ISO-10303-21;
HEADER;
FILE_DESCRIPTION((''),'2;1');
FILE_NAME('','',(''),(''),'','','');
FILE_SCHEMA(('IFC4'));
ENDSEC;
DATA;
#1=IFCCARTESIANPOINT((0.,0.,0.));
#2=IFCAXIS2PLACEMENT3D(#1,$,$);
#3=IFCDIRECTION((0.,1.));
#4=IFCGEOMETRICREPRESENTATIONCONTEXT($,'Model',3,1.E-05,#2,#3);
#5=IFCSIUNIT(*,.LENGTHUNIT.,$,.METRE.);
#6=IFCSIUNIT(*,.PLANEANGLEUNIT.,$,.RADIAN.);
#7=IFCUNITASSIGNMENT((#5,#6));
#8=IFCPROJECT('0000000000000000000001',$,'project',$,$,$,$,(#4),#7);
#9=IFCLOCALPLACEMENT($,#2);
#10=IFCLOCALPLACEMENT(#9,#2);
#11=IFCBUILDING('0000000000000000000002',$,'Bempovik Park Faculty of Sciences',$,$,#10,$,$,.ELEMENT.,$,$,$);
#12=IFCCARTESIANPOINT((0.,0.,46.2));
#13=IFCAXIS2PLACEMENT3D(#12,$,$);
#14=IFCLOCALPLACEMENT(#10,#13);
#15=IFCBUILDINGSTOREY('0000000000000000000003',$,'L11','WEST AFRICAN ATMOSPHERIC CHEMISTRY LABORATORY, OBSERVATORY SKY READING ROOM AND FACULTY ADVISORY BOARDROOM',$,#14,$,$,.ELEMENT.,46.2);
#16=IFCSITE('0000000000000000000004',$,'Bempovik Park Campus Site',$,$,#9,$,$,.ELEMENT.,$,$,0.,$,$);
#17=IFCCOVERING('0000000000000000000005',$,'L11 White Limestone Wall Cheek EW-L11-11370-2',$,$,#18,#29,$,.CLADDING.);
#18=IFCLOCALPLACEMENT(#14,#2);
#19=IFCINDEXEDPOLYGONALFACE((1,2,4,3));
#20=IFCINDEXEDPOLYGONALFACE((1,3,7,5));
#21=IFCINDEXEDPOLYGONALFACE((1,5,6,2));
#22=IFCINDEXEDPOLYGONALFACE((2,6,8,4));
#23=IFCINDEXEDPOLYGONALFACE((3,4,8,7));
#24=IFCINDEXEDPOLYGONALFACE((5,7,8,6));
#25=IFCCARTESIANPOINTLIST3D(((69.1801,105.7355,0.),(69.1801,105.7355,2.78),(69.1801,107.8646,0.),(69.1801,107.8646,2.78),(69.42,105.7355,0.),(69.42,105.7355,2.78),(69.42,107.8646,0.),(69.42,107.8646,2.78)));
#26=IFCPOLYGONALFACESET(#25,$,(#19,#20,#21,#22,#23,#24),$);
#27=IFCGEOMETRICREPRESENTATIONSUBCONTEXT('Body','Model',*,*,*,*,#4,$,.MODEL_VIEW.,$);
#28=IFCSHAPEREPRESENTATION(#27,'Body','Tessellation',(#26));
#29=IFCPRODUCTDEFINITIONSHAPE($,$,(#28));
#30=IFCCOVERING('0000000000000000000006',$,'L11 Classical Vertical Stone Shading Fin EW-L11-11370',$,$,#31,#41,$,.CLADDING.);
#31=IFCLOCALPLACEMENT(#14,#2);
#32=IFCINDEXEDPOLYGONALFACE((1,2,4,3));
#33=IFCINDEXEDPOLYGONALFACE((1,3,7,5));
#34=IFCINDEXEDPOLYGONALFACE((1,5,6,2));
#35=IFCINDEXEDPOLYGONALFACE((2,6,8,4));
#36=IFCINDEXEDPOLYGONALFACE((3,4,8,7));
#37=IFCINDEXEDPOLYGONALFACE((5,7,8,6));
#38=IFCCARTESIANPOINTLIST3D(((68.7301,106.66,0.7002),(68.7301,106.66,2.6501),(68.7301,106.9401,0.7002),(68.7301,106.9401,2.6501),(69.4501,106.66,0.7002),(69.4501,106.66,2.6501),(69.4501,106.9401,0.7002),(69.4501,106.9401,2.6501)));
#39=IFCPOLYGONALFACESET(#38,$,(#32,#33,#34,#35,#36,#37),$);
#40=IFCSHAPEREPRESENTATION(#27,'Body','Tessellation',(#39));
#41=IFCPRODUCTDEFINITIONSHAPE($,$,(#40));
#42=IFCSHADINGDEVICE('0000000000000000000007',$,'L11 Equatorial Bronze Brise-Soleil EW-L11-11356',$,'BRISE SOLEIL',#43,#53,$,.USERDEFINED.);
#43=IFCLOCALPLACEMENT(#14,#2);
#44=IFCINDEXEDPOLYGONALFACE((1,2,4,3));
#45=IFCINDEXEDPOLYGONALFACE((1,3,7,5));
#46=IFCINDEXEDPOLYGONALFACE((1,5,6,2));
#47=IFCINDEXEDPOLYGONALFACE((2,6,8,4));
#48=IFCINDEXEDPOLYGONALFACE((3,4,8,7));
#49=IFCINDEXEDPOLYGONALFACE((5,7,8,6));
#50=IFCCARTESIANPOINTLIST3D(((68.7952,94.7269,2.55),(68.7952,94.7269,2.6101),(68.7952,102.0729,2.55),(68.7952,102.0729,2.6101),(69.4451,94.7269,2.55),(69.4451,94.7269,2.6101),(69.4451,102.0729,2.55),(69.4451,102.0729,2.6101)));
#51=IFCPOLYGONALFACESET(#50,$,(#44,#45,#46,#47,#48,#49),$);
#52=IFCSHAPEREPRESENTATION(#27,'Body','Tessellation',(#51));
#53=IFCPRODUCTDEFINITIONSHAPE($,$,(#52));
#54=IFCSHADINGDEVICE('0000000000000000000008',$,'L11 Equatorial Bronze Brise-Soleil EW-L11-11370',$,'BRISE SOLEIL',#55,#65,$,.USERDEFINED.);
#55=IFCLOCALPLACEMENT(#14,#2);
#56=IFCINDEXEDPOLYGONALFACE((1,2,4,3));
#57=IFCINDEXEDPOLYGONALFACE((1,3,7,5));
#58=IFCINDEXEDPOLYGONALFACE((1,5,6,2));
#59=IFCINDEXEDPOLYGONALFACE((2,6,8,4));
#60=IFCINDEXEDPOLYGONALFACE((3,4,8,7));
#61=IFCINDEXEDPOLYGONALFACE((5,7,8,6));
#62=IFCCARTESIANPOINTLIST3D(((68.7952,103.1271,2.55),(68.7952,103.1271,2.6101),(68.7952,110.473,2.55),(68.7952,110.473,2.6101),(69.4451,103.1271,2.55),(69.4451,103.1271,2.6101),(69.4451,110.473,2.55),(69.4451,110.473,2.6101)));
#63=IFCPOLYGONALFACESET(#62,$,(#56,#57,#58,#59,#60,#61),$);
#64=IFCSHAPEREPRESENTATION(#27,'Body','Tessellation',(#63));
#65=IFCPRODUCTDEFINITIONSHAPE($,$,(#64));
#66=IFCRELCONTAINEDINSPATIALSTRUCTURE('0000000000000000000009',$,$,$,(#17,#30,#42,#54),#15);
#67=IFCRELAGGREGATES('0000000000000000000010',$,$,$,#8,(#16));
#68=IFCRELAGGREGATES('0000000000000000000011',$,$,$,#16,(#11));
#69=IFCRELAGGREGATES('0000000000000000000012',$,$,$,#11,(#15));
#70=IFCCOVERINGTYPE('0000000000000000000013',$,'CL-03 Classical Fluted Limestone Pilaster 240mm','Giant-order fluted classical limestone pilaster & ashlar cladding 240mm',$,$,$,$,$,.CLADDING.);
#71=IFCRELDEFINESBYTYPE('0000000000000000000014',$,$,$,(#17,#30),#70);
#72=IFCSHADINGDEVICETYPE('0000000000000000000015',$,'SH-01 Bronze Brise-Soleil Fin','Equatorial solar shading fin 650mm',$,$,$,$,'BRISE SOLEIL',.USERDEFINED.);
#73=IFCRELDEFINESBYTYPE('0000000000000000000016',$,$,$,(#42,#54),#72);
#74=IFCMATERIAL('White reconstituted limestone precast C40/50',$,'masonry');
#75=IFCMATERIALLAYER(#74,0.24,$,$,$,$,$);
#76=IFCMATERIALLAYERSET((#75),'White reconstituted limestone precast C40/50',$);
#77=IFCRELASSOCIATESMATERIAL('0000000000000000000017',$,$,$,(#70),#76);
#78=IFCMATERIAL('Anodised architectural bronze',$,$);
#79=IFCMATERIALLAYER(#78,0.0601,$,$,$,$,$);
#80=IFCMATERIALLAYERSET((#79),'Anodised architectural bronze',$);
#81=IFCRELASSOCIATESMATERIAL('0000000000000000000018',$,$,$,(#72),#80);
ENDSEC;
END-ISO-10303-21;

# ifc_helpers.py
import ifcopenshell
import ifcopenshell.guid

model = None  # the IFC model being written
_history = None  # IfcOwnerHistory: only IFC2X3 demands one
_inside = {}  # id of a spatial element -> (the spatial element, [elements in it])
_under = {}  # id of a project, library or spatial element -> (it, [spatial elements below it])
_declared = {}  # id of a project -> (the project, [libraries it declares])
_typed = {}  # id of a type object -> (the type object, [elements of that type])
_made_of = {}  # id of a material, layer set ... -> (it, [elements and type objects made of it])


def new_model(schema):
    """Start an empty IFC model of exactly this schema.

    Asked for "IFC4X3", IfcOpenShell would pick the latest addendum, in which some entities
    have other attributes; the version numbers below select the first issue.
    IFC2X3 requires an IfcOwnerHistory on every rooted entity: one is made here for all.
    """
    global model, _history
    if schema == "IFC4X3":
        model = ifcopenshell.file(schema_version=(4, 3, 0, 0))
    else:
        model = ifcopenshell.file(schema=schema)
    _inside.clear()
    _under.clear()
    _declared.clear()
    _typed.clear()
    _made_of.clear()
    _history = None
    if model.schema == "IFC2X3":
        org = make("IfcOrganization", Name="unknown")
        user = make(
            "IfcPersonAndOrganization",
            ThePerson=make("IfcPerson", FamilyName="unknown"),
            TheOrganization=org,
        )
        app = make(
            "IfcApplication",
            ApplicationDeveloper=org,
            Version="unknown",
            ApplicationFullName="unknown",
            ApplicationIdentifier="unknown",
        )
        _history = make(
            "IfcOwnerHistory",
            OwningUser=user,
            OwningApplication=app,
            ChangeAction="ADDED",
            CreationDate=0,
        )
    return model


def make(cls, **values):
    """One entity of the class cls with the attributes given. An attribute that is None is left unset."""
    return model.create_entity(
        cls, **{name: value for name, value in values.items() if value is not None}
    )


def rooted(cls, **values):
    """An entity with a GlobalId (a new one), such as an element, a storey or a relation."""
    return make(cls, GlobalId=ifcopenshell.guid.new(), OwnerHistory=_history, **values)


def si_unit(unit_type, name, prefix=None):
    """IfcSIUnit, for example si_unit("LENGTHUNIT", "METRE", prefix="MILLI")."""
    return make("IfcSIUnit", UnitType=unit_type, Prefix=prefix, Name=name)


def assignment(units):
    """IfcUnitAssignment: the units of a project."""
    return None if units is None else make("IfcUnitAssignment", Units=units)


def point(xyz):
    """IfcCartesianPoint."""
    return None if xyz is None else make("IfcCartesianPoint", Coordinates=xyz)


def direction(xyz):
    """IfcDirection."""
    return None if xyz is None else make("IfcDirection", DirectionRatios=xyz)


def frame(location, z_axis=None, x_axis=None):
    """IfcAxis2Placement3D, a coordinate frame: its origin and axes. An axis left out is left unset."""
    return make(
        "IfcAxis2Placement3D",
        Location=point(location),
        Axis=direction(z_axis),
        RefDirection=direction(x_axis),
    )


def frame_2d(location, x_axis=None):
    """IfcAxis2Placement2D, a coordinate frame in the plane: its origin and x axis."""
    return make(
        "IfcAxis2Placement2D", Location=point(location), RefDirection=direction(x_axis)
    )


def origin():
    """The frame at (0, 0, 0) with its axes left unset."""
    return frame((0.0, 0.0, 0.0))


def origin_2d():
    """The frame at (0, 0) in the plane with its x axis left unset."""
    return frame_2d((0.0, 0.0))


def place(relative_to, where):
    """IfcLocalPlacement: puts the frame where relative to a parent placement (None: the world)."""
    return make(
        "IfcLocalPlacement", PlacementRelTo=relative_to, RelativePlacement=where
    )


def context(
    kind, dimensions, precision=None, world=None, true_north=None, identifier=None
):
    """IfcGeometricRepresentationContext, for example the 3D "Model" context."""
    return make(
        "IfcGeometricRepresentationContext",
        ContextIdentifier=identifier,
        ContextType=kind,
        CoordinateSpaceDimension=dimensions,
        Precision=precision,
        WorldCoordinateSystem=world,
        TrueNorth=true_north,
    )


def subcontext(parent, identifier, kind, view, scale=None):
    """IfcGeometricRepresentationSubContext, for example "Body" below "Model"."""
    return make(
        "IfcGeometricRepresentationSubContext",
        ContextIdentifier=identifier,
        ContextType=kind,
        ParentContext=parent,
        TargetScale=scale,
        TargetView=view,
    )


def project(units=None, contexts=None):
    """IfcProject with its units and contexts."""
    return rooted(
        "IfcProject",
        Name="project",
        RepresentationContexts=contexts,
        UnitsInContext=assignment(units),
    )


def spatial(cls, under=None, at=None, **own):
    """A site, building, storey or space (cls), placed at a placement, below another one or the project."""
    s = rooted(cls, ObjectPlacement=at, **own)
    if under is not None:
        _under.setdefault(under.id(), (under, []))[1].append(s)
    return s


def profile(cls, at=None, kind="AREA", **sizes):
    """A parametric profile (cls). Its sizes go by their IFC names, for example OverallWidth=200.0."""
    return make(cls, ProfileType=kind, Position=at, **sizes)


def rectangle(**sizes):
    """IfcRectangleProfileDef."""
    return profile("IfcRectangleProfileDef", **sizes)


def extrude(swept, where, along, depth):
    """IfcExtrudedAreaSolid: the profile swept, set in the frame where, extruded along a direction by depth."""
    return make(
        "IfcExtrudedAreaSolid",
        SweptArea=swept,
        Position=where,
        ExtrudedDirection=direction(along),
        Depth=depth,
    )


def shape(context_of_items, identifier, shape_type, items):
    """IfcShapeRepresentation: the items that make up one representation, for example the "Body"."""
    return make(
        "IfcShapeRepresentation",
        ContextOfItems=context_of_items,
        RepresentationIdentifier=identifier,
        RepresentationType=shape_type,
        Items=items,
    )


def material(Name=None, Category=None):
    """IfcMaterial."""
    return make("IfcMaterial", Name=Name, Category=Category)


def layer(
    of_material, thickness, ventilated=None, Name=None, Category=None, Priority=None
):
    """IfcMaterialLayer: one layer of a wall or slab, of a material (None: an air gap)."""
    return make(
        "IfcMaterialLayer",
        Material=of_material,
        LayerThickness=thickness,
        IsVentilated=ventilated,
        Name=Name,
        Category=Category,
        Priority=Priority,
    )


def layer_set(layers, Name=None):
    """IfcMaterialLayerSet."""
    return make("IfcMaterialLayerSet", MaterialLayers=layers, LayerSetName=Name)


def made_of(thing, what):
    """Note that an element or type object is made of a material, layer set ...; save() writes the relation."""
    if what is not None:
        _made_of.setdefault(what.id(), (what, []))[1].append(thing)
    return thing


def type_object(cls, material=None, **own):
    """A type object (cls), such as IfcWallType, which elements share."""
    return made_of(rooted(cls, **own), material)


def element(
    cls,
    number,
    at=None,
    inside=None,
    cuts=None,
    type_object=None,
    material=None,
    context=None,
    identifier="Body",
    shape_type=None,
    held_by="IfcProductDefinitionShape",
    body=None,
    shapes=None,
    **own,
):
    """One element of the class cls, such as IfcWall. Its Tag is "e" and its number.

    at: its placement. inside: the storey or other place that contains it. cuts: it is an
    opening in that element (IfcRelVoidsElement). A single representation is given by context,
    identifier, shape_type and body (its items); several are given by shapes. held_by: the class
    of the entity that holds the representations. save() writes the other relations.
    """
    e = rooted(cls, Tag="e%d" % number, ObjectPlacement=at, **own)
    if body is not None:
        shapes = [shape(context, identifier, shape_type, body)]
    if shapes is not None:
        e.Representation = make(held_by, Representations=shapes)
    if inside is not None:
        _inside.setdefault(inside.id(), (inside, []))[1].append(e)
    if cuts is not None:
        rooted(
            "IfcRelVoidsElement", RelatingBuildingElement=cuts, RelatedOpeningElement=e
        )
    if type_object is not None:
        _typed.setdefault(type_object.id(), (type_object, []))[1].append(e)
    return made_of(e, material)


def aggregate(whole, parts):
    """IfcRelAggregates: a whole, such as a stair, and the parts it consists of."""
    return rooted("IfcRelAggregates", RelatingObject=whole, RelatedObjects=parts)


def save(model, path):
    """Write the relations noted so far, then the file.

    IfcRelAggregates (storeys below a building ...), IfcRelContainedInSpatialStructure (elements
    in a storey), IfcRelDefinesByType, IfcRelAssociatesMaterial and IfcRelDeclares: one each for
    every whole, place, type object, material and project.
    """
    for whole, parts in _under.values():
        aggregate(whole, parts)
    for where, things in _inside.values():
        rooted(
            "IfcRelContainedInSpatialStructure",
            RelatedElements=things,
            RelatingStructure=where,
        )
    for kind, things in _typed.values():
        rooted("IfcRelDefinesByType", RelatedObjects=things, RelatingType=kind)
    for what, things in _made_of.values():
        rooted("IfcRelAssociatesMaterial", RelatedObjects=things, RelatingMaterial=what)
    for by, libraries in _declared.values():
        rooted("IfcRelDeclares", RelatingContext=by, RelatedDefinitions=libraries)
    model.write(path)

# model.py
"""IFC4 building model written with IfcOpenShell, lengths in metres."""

from ifc_helpers import new_model, si_unit, direction, frame, origin, origin_2d, place, context, subcontext, project, spatial, rectangle, extrude, material, layer, layer_set, type_object, element, save


model = new_model("IFC4")

# Units and contexts
model_context = context("Model", 3, precision=1e-05, world=origin(), true_north=direction((0.0, 1.0)))
body_context = subcontext(model_context, "Body", "Model", "MODEL_VIEW")
ifc_project = project(units=[si_unit("LENGTHUNIT", "METRE"), si_unit("PLANEANGLEUNIT", "RADIAN")], contexts=[model_context])

# Site, building, storey
site_placement = place(None, origin())
site = spatial("IfcSite", under=ifc_project, at=site_placement, Name="Bempovik Park Campus Site", CompositionType="ELEMENT", RefElevation=0.0)
building_placement = place(site_placement, origin())
building = spatial("IfcBuilding", under=site, at=building_placement, Name="Bempovik Park Faculty of Sciences", CompositionType="ELEMENT")
storey_placement = place(building_placement, frame((0.0, 0.0, 46.2)))
storey = spatial("IfcBuildingStorey", under=building, at=storey_placement, Name="L11", Description="WEST AFRICAN ATMOSPHERIC CHEMISTRY LABORATORY, OBSERVATORY SKY READING ROOM AND FACULTY ADVISORY BOARDROOM", CompositionType="ELEMENT", Elevation=46.2)

# Coverings
ifc_material_1 = material(Name="White reconstituted limestone precast C40/50", Category="masonry")
ifc_layer_1 = layer(ifc_material_1, 0.24)
ifc_layer_set_1 = layer_set([ifc_layer_1], Name="White reconstituted limestone precast C40/50")
covering_type_1 = type_object("IfcCoveringType", Name="CL-03 Classical Fluted Limestone Pilaster 240mm", Description="Giant-order fluted classical limestone pilaster & ashlar cladding 240mm", PredefinedType="CLADDING", material=ifc_layer_set_1)
covering_1_placement = place(storey_placement, frame((69.3, 106.8, 0.0), z_axis=(0.0, 0.0, 1.0), x_axis=(1.0, 0.0, 0.0)))
element("IfcCovering", 1, at=covering_1_placement, inside=storey, type_object=covering_type_1, Name="L11 White Limestone Wall Cheek EW-L11-11370-2", PredefinedType="CLADDING", context=body_context, shape_type="SweptSolid", body=[
    extrude(rectangle(XDim=0.24, YDim=2.1292, at=origin_2d()), origin(), (0.0, 0.0, 1.0), 2.78),
])
covering_2_placement = place(storey_placement, frame((69.0901, 106.8, 0.7002), z_axis=(0.0, 0.0, 1.0), x_axis=(1.0, 0.0, 0.0)))
element("IfcCovering", 2, at=covering_2_placement, inside=storey, type_object=covering_type_1, Name="L11 Classical Vertical Stone Shading Fin EW-L11-11370", PredefinedType="CLADDING", context=body_context, shape_type="SweptSolid", body=[
    extrude(rectangle(XDim=0.72, YDim=0.28, at=origin_2d()), origin(), (0.0, 0.0, 1.0), 1.95),
])

# Shading devices
ifc_material_2 = material(Name="Anodised architectural bronze")
ifc_layer_2 = layer(ifc_material_2, 0.0601)
ifc_layer_set_2 = layer_set([ifc_layer_2], Name="Anodised architectural bronze")
shading_device_type = type_object("IfcShadingDeviceType", Name="SH-01 Bronze Brise-Soleil Fin", Description="Equatorial solar shading fin 650mm", ElementType="BRISE SOLEIL", PredefinedType="USERDEFINED", material=ifc_layer_set_2)
for number, where, z_axis, x_axis, name in (
    (3, (69.1201, 98.3999, 2.55), (0.0, 0.0, 1.0), (1.0, 0.0, 0.0), "L11 Equatorial Bronze Brise-Soleil EW-L11-11356"),
    (4, (69.1201, 106.8, 2.55), (0.0, 0.0, 1.0), (1.0, 0.0, 0.0), "L11 Equatorial Bronze Brise-Soleil EW-L11-11370"),
):
    element("IfcShadingDevice", number, at=place(storey_placement, frame(where, z_axis=z_axis, x_axis=x_axis)), inside=storey, type_object=shading_device_type, Name=name, ObjectType="BRISE SOLEIL", PredefinedType="USERDEFINED", context=body_context, shape_type="SweptSolid", body=[
        extrude(rectangle(XDim=0.6499, YDim=7.3459, at=origin_2d()), origin(), (0.0, 0.0, 1.0), 0.0601),
    ])

save(model, "model.ifc")
